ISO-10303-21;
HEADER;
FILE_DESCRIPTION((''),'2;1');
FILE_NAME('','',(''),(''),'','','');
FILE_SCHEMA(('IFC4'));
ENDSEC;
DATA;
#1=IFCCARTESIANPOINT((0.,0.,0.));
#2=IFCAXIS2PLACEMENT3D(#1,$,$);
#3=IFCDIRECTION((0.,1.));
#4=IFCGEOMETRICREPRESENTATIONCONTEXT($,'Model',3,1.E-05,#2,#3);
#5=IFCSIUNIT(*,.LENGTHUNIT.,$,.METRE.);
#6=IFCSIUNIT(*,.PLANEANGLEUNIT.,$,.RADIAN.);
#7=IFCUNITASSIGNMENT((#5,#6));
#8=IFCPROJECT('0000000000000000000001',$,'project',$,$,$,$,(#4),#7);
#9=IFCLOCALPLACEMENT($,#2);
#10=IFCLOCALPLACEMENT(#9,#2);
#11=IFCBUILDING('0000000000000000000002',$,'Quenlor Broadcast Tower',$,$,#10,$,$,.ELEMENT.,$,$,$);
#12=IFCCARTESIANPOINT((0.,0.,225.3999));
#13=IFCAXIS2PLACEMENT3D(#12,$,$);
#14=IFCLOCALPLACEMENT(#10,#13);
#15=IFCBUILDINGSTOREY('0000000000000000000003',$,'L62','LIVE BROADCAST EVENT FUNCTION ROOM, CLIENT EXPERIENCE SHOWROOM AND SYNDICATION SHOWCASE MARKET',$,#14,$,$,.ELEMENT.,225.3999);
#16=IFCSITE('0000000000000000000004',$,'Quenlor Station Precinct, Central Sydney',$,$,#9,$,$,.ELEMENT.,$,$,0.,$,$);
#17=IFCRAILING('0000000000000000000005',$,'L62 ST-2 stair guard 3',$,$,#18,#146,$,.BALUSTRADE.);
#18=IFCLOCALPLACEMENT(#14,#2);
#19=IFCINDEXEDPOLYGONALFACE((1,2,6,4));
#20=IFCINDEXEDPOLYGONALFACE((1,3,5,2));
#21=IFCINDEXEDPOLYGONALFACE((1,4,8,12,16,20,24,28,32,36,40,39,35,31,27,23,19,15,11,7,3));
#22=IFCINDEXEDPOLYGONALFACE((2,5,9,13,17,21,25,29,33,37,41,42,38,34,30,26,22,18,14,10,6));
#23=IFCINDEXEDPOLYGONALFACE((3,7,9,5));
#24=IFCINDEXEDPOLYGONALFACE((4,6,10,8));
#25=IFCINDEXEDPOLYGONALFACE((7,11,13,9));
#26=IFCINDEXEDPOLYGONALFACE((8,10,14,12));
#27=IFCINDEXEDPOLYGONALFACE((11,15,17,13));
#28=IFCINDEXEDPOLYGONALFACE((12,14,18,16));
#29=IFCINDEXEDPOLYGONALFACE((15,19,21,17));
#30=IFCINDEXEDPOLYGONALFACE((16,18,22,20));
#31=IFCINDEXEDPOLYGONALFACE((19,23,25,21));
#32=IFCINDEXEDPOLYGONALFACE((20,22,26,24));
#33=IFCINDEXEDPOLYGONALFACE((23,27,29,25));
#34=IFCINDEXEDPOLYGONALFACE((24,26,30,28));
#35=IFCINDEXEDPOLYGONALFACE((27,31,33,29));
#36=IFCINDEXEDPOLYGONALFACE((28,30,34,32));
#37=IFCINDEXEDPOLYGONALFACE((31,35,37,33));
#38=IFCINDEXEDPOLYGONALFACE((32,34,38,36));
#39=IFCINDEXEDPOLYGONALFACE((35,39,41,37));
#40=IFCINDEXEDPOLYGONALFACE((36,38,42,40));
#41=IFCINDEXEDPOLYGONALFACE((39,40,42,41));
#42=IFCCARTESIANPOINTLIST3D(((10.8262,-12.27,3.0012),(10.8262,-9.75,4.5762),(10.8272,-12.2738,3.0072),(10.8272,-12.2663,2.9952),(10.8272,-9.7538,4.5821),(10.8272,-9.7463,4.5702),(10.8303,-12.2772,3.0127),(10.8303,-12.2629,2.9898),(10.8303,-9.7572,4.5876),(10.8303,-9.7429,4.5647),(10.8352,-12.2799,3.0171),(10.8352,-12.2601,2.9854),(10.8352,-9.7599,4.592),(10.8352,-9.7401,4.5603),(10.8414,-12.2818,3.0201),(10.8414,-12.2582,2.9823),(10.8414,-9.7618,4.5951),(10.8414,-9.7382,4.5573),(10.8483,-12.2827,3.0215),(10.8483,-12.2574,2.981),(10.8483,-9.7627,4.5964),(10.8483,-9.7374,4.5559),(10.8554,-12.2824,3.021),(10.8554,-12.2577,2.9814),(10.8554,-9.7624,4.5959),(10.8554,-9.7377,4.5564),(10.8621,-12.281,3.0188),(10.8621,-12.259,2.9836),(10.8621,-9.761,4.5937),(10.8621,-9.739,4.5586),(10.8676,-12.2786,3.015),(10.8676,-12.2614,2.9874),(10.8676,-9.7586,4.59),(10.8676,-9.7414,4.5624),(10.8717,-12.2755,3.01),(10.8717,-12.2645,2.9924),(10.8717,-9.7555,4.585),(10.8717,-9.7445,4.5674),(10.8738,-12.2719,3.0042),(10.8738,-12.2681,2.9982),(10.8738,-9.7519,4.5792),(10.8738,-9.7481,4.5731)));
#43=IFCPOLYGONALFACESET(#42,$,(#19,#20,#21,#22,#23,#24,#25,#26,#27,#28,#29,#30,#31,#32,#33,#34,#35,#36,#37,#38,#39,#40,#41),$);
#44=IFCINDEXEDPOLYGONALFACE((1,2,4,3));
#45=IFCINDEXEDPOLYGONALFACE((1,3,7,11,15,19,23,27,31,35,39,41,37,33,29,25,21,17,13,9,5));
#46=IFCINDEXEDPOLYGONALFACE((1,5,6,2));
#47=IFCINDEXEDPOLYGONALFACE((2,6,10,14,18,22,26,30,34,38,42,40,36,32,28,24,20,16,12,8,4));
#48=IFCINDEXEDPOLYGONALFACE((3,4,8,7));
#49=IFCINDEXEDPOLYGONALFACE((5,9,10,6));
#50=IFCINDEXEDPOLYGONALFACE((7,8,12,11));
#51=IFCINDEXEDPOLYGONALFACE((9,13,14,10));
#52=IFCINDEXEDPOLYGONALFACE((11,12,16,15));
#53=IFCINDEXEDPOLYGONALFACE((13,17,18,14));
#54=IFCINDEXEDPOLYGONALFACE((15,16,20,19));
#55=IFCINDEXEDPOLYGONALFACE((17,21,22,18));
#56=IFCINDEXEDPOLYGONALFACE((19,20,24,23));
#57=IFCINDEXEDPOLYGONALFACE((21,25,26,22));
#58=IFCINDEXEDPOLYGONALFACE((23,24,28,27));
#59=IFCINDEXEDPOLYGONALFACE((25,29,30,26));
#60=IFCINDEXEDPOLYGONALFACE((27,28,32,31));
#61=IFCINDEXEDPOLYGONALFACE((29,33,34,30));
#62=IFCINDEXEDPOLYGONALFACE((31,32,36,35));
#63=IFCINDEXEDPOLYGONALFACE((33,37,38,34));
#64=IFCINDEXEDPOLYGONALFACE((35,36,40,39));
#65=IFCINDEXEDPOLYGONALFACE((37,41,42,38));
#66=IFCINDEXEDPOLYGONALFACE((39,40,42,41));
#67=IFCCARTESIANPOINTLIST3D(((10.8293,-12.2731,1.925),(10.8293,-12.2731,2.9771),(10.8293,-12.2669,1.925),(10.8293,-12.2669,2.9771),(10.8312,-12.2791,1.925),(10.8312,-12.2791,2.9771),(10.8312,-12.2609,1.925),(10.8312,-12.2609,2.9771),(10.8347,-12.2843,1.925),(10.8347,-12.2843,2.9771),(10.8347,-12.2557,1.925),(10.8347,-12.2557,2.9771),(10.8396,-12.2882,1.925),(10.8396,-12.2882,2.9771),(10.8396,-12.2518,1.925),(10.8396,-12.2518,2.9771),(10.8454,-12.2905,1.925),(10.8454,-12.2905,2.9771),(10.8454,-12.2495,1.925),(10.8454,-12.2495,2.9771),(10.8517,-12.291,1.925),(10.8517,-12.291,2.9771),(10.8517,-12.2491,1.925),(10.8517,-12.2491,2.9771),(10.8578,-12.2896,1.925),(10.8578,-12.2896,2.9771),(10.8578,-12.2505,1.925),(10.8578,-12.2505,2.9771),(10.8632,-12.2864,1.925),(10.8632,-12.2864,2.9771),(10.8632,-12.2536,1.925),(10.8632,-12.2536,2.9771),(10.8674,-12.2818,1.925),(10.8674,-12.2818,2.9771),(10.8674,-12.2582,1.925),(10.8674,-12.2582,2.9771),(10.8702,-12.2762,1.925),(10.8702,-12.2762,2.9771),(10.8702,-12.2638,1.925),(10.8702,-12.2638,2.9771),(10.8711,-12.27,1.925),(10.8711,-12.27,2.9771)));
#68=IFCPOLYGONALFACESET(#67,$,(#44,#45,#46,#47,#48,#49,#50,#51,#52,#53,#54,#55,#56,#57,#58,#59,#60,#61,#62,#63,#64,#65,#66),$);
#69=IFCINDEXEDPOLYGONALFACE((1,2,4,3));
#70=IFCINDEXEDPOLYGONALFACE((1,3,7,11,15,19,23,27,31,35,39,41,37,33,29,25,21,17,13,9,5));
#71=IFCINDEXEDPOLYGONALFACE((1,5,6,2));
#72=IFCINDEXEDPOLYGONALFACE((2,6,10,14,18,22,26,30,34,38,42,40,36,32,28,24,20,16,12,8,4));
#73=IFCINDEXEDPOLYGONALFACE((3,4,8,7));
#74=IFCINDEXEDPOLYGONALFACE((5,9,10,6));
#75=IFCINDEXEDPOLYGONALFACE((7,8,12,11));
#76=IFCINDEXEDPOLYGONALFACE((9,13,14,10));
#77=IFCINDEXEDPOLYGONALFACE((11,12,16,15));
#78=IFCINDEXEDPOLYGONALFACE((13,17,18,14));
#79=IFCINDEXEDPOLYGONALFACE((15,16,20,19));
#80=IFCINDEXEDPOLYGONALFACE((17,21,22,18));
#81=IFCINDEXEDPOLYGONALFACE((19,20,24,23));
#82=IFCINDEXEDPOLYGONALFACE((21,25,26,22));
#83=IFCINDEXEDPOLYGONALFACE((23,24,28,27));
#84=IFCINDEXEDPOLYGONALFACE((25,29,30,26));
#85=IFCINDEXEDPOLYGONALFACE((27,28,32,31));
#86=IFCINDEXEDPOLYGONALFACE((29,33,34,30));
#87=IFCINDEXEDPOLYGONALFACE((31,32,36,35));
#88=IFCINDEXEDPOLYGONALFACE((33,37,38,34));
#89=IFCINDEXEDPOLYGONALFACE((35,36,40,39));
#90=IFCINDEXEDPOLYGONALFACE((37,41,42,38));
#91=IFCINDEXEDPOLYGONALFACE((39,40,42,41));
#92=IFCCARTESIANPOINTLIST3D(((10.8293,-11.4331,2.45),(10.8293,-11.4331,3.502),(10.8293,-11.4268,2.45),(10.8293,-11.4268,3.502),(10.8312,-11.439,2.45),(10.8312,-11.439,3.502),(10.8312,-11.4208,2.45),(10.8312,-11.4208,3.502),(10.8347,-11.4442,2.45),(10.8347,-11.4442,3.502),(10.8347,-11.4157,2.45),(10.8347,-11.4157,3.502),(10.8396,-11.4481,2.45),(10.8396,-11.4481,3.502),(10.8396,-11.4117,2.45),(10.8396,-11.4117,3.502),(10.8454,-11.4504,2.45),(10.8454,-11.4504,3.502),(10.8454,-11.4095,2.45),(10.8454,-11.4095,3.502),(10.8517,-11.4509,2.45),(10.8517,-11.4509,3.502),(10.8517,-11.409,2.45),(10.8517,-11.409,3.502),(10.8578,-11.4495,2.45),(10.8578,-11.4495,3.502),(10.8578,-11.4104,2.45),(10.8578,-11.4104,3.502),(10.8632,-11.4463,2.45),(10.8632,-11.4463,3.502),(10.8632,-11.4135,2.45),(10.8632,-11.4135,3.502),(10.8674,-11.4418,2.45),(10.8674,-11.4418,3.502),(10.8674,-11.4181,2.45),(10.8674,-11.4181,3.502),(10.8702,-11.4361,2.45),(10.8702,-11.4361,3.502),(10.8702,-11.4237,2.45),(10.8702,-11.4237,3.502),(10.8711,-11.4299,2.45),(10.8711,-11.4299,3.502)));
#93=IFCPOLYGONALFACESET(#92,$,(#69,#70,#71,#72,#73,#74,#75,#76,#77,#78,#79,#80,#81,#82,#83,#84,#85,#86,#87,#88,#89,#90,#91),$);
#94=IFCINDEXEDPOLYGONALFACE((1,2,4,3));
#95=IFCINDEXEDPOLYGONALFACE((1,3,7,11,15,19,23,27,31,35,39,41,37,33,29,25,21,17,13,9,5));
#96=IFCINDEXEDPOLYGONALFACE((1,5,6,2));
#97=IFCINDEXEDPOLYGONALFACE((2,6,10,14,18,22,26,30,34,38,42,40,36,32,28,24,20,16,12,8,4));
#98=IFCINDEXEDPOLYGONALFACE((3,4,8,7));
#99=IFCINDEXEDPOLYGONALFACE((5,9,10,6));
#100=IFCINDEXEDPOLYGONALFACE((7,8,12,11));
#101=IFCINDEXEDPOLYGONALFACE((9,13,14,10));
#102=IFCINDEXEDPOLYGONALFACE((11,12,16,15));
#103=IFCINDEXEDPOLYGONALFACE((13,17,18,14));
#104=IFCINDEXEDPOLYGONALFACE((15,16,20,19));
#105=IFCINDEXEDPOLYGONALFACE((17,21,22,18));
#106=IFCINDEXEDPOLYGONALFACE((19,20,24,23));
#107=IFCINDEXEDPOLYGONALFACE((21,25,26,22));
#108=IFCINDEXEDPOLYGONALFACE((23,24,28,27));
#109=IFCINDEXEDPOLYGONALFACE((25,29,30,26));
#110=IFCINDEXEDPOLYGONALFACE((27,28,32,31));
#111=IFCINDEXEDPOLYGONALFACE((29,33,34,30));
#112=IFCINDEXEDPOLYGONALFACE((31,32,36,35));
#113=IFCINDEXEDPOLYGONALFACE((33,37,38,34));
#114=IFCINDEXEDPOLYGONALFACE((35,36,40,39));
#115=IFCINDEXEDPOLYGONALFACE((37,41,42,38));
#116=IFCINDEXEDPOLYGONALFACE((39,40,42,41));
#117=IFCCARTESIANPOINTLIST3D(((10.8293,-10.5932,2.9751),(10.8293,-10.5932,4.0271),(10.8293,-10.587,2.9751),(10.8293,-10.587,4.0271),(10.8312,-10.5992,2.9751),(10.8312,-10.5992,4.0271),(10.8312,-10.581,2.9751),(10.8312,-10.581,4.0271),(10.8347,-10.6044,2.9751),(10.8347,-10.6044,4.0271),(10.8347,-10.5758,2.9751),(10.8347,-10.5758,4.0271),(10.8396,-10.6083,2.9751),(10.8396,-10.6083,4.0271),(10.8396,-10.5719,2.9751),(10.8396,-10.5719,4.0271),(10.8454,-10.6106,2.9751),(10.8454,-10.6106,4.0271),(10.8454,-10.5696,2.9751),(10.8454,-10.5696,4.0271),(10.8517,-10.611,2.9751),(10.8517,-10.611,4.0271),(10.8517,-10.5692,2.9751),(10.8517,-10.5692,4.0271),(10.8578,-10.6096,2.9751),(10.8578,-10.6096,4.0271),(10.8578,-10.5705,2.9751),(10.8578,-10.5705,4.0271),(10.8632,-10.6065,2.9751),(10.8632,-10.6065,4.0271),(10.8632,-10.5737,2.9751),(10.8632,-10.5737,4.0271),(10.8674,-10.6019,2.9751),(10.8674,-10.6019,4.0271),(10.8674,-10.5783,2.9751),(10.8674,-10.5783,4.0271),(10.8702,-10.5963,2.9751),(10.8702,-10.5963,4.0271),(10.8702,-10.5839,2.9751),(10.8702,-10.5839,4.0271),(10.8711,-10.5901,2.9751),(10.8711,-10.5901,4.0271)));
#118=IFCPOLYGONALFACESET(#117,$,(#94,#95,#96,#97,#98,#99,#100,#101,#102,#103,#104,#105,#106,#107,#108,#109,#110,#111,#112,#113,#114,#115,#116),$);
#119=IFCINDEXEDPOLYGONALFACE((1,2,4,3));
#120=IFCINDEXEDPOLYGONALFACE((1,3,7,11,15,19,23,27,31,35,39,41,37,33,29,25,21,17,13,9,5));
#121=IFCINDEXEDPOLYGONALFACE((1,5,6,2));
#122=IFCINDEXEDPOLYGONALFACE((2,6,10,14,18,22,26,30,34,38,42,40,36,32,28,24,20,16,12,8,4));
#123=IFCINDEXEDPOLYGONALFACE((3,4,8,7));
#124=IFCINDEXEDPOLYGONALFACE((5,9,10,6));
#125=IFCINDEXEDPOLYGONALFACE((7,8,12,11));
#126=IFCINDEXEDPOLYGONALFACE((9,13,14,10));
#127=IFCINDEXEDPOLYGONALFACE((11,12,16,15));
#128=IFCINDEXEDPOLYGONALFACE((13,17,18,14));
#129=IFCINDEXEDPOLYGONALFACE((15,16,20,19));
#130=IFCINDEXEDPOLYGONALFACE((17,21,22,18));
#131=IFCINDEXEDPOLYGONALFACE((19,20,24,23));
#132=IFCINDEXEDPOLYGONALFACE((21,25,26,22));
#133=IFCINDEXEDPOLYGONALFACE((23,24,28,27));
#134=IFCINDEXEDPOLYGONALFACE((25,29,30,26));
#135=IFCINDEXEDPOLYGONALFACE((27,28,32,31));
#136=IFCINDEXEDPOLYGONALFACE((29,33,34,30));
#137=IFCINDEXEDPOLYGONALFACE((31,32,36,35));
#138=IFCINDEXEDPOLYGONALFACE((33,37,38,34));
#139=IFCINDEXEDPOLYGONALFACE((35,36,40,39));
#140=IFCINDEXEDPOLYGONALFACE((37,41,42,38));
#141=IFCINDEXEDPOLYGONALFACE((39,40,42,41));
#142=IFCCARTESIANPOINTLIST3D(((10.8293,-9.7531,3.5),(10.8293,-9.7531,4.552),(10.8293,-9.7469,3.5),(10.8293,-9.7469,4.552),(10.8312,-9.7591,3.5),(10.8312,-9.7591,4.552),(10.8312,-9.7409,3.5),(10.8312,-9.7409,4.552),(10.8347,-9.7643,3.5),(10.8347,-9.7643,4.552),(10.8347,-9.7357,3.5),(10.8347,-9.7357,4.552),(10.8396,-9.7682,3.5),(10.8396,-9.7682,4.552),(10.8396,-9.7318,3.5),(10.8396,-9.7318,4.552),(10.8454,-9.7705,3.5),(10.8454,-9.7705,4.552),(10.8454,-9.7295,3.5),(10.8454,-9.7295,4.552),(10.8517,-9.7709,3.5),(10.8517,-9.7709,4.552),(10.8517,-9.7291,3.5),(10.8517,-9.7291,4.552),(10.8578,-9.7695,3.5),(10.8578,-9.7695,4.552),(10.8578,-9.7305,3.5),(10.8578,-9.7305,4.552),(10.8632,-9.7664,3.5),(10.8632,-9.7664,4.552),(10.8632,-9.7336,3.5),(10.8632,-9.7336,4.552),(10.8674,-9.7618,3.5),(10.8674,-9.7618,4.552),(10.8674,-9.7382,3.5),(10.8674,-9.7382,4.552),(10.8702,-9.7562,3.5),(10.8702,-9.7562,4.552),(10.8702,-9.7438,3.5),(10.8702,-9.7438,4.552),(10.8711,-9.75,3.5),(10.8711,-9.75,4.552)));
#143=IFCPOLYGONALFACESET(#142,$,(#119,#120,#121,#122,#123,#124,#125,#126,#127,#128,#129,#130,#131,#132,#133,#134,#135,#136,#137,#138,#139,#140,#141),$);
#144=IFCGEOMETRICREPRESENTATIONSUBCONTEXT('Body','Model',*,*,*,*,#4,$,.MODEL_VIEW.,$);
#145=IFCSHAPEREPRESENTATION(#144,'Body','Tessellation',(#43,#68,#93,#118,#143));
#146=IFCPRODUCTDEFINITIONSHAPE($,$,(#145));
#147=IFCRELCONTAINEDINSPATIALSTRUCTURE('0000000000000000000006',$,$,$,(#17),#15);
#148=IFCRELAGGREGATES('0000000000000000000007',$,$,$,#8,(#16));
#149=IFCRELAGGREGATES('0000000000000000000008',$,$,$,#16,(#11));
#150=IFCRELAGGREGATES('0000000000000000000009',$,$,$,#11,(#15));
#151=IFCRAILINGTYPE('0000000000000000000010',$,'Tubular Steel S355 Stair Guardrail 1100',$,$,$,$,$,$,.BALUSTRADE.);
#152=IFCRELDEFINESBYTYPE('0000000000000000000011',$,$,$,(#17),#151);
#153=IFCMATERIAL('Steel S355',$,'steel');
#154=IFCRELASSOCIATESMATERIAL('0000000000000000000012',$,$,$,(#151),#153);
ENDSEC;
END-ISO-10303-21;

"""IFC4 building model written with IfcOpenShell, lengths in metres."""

from ifc_helpers import new_model, si_unit, direction, frame, origin, origin_2d, place, context, subcontext, project, spatial, circle, extrude, material, type_object, element, save


model = new_model("IFC4")

# Units and contexts
model_context = context("Model", 3, precision=1e-05, world=origin(), true_north=direction((0.0, 1.0)))
body_context = subcontext(model_context, "Body", "Model", "MODEL_VIEW")
ifc_project = project(units=[si_unit("LENGTHUNIT", "METRE"), si_unit("PLANEANGLEUNIT", "RADIAN")], contexts=[model_context])

# Site, building, storey
site_placement = place(None, origin())
site = spatial("IfcSite", under=ifc_project, at=site_placement, Name="Quenlor Station Precinct, Central Sydney", CompositionType="ELEMENT", RefElevation=0.0)
building_placement = place(site_placement, origin())
building = spatial("IfcBuilding", under=site, at=building_placement, Name="Quenlor Broadcast Tower", CompositionType="ELEMENT")
storey_placement = place(building_placement, frame((0.0, 0.0, 225.3999)))
storey = spatial("IfcBuildingStorey", under=building, at=storey_placement, Name="L62", Description="LIVE BROADCAST EVENT FUNCTION ROOM, CLIENT EXPERIENCE SHOWROOM AND SYNDICATION SHOWCASE MARKET", CompositionType="ELEMENT", Elevation=225.3999)

# Railing
ifc_material_1 = material(Name="Steel S355", Category="steel")
railing_type_1 = type_object("IfcRailingType", Name="Tubular Steel S355 Stair Guardrail 1100", PredefinedType="BALUSTRADE", material=ifc_material_1)
railing_1_placement = place(storey_placement, frame((10.8501, -12.27, 1.925)))
element("IfcRailing", 1, at=railing_1_placement, inside=storey, type_object=railing_type_1, Name="L62 ST-2 stair guard 3", PredefinedType="BALUSTRADE", context=body_context, shape_type="SweptSolid", body=[
    extrude(circle(Radius=0.0239, at=origin_2d()), frame((0.0, 0.0, 1.0762), z_axis=(0.0, 0.848008, 0.529984), x_axis=(-1.0, 0.0, 0.0)), (0.0, 0.0, 1.0), 2.9717),
    extrude(circle(Radius=0.021, at=origin_2d()), origin(), (0.0, 0.0, 1.0), 1.052),
    extrude(circle(Radius=0.021, at=origin_2d()), frame((0.0, 0.8401, 0.5249)), (0.0, 0.0, 1.0), 1.052),
    extrude(circle(Radius=0.021, at=origin_2d()), frame((0.0, 1.6799, 1.05)), (0.0, 0.0, 1.0), 1.052),
    extrude(circle(Radius=0.021, at=origin_2d()), frame((0.0, 2.52, 1.575)), (0.0, 0.0, 1.0), 1.052),
])

save(model, "model.ifc")
